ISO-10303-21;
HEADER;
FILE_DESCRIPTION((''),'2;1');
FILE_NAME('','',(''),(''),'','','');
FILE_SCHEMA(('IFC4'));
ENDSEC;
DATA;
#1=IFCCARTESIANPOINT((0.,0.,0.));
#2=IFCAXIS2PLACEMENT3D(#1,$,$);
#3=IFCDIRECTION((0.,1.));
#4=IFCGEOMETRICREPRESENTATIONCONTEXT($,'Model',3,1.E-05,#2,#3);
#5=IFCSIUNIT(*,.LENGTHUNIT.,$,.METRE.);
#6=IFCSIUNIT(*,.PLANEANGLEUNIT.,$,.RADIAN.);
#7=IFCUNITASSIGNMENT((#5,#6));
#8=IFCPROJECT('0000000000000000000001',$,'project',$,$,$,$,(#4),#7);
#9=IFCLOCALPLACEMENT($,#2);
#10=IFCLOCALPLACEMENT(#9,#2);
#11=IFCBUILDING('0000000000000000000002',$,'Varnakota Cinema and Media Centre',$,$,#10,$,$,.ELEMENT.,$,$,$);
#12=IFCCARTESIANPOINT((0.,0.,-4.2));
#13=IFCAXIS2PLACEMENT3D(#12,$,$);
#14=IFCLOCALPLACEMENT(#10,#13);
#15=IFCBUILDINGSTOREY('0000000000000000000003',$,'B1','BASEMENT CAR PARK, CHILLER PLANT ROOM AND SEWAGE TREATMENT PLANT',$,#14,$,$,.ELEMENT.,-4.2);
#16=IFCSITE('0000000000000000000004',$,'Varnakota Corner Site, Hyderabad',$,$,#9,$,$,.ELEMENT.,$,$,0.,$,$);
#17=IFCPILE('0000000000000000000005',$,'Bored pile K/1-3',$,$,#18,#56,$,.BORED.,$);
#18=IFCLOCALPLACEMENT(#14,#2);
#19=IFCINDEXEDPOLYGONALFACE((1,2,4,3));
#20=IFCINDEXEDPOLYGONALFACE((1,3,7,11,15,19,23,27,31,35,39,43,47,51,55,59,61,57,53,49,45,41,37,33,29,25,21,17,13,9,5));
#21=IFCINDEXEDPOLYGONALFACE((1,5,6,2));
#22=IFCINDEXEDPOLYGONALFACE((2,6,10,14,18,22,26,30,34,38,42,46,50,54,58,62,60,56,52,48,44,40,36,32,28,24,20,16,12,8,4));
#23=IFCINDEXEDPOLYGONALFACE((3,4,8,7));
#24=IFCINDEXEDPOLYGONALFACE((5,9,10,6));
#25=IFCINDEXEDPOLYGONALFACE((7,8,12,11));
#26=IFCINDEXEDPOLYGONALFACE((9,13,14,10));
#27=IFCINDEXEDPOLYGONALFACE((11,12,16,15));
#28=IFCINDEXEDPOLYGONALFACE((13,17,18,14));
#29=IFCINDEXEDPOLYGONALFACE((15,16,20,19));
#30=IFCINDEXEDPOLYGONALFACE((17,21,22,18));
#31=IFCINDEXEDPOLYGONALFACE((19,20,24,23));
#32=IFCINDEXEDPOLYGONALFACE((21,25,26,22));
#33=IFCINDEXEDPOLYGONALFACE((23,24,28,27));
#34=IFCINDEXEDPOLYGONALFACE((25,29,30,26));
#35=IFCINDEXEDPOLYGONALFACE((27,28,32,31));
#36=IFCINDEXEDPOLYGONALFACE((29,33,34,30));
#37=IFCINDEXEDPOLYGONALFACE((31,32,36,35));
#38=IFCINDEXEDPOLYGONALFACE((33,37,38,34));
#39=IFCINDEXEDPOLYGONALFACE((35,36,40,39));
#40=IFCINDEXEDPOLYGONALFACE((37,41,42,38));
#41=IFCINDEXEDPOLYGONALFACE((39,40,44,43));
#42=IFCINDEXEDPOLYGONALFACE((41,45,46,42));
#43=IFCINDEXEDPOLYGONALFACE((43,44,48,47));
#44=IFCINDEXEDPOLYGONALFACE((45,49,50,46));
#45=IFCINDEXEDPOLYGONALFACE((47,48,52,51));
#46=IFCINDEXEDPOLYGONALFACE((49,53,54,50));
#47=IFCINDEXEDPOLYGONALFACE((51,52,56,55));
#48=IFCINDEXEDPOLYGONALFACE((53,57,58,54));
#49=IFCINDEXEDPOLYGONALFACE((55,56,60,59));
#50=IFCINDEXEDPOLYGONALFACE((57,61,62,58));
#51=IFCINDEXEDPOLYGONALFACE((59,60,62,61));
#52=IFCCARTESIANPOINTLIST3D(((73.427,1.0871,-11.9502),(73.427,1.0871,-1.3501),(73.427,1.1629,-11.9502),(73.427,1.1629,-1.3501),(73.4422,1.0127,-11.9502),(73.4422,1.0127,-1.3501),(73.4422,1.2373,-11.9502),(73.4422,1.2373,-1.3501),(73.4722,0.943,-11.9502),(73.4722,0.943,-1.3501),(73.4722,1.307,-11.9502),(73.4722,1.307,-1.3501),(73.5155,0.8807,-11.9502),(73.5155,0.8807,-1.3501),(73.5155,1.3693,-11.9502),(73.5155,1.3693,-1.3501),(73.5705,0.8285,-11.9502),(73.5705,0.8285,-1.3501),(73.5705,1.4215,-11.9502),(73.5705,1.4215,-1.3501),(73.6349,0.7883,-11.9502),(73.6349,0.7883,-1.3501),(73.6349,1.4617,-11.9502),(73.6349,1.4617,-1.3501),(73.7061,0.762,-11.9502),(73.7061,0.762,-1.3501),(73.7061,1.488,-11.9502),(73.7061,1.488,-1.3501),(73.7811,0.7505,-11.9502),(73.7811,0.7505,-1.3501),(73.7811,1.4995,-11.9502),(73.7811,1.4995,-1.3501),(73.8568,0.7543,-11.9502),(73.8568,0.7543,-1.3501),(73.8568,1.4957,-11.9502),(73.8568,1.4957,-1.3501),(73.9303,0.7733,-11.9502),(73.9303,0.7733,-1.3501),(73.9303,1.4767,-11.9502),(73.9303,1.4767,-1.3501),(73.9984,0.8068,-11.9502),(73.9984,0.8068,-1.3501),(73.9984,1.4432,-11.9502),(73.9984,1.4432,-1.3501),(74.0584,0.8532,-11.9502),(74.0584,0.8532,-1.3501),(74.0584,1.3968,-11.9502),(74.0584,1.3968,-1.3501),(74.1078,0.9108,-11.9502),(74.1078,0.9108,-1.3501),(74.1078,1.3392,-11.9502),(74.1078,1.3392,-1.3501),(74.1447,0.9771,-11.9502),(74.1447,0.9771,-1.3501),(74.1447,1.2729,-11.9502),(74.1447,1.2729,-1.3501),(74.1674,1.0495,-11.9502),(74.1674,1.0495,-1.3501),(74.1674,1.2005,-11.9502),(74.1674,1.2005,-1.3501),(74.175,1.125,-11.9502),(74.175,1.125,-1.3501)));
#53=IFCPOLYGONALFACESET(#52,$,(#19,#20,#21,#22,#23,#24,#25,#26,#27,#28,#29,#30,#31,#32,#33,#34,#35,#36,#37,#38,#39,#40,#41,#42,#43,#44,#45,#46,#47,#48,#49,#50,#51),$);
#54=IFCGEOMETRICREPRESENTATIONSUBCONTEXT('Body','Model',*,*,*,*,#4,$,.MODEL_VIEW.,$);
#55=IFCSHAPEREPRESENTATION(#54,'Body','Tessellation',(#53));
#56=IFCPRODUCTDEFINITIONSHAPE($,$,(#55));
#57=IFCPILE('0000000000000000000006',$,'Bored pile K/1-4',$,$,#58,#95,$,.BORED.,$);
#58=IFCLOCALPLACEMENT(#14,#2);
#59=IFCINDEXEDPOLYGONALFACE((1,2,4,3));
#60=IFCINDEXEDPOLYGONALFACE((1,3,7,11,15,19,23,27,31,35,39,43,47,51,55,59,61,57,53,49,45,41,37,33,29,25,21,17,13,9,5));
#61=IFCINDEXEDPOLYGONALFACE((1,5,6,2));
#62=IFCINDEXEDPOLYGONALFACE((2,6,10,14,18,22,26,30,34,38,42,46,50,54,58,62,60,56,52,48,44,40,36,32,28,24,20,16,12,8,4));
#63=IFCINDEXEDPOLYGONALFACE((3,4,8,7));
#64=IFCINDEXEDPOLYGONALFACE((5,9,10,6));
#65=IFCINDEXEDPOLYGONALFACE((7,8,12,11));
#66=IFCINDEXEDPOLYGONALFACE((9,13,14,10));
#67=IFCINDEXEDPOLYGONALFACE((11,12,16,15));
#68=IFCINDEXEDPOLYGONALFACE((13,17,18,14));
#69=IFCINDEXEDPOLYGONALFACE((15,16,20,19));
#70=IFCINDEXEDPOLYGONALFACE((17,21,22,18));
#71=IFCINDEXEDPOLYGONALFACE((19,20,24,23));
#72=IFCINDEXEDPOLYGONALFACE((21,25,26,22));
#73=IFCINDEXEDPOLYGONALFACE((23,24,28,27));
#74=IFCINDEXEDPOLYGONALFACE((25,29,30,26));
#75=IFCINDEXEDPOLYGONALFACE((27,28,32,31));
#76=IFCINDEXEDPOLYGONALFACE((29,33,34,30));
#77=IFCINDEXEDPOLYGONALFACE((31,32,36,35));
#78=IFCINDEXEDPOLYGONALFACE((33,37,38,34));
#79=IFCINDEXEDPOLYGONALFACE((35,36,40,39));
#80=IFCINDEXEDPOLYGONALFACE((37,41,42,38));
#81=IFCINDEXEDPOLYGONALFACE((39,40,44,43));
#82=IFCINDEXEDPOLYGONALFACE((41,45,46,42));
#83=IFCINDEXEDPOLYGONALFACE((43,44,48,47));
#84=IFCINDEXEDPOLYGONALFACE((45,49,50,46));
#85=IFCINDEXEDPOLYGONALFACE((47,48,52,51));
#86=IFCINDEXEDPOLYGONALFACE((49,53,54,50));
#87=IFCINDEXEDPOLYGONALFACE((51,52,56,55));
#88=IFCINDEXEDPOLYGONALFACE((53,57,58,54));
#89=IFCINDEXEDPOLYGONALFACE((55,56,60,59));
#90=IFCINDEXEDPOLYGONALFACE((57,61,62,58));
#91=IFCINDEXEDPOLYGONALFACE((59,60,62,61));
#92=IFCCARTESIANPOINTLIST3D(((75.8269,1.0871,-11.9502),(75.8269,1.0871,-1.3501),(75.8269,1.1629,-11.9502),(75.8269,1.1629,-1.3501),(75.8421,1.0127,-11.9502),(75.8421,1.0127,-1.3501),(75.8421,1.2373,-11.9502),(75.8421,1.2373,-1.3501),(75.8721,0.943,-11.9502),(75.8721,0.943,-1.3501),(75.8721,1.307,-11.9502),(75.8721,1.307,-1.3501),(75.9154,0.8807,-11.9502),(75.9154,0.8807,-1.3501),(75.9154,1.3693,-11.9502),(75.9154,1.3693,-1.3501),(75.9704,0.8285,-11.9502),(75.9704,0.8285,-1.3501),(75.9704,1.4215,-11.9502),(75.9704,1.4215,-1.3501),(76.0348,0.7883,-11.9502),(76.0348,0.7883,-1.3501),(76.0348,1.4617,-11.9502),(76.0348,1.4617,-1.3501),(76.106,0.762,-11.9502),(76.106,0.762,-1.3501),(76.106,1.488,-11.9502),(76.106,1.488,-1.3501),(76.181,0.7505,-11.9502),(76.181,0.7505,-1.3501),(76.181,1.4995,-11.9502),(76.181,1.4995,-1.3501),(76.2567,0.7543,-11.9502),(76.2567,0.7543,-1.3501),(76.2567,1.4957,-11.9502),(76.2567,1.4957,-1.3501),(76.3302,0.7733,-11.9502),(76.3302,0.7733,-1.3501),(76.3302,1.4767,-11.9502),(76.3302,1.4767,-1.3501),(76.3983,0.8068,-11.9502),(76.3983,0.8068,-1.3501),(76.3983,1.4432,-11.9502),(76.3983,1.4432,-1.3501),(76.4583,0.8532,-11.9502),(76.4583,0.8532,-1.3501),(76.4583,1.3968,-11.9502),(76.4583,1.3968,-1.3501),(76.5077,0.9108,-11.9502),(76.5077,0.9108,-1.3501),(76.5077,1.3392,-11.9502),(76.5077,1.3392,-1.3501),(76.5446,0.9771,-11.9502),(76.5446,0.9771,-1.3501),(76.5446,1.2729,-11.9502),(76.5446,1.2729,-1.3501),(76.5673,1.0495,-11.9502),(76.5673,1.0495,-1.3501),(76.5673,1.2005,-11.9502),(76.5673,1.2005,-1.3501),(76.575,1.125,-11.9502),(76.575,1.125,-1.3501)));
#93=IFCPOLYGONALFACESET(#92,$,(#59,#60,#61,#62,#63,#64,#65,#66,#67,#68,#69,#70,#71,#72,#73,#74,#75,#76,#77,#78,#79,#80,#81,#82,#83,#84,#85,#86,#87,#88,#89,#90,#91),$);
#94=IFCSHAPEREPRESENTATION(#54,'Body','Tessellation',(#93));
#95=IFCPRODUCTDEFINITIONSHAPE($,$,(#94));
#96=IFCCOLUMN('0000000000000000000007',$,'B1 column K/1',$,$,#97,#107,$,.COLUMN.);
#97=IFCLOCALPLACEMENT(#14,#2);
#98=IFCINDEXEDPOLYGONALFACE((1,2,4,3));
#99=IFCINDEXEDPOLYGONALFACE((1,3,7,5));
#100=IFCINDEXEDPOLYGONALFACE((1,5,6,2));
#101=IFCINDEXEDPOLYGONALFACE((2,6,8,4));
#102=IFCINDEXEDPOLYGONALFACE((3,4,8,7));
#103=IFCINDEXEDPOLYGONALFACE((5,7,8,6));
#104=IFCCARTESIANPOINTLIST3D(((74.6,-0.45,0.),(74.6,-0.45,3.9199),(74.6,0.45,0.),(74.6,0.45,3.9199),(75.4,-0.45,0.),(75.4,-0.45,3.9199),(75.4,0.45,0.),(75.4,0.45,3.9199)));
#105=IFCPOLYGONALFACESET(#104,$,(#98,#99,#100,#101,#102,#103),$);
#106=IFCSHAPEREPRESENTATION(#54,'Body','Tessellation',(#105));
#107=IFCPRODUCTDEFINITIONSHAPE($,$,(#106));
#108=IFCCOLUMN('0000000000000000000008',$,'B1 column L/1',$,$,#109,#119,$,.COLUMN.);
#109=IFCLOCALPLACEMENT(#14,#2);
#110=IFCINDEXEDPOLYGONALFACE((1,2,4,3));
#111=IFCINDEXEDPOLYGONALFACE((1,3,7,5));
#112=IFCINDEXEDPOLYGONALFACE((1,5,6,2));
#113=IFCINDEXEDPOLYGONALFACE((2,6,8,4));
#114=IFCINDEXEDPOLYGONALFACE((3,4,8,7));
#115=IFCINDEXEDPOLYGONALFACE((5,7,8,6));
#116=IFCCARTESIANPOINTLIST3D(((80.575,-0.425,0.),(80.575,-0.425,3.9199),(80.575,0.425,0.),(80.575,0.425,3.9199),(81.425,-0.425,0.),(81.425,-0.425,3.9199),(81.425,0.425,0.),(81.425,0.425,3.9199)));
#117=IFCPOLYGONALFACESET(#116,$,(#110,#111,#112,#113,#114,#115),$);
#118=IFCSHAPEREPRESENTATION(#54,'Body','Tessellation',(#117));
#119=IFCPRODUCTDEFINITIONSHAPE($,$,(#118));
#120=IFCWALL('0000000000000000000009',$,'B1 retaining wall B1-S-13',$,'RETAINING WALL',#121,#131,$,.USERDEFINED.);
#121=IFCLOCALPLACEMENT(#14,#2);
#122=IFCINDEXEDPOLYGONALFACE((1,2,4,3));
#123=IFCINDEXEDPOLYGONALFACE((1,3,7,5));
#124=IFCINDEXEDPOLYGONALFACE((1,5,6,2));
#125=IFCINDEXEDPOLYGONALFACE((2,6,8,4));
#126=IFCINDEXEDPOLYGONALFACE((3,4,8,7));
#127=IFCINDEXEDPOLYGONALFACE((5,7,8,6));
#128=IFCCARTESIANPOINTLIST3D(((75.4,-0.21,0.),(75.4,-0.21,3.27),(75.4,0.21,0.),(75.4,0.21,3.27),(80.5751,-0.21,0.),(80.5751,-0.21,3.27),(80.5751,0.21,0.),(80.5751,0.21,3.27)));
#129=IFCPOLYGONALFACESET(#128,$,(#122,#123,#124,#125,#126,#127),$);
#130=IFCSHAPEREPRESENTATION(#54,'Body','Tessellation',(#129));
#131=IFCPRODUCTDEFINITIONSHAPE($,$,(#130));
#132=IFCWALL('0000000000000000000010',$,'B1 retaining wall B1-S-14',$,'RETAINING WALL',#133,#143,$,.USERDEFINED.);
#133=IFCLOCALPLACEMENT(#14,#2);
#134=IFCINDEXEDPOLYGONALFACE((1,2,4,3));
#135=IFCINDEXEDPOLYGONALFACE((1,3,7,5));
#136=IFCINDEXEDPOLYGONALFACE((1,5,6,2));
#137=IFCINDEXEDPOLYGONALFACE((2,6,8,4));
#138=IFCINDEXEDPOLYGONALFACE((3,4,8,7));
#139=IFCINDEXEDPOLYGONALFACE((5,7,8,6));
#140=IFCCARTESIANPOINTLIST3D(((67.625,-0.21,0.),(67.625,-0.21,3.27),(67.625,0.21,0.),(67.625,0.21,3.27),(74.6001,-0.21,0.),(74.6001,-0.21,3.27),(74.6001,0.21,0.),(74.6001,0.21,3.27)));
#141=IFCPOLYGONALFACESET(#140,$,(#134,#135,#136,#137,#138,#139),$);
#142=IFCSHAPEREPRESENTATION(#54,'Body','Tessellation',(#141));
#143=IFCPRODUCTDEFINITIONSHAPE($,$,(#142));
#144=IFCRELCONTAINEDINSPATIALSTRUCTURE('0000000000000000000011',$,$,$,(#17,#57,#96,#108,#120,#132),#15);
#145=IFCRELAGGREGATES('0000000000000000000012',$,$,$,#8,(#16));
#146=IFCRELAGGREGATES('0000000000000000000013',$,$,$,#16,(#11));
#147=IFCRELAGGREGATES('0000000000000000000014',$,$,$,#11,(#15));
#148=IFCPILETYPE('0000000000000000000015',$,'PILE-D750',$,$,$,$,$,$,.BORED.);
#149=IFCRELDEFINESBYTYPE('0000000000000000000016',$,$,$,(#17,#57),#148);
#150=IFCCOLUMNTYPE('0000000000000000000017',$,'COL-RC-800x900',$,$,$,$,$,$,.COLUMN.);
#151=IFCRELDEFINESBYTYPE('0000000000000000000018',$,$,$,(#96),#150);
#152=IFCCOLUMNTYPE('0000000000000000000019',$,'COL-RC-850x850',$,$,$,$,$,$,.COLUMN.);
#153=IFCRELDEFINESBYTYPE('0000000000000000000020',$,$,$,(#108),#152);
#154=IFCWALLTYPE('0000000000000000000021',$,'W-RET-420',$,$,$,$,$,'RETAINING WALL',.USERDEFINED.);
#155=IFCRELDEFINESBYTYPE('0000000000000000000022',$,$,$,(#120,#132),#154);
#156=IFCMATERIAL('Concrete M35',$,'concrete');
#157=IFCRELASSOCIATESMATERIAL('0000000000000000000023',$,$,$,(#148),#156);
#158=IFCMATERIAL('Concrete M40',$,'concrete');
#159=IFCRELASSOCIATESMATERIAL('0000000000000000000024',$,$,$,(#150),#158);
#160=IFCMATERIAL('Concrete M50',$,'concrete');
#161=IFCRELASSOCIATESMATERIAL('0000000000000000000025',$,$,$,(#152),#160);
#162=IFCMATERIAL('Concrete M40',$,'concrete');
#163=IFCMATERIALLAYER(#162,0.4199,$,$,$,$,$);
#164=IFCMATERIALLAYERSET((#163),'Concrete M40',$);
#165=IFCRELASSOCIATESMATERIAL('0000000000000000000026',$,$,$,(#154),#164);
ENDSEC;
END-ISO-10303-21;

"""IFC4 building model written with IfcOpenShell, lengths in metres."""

from ifc_helpers import new_model, si_unit, direction, frame, frame_2d, origin, origin_2d, place, context, subcontext, project, spatial, rectangle, circle, extrude, material, layer, layer_set, material_profile, profile_set, type_object, element, save


model = new_model("IFC4")

# Units and contexts
model_context = context("Model", 3, precision=1e-05, world=origin(), true_north=direction((0.0, 1.0)))
body_context = subcontext(model_context, "Body", "Model", "MODEL_VIEW")
ifc_project = project(units=[si_unit("LENGTHUNIT", "METRE"), si_unit("PLANEANGLEUNIT", "RADIAN")], contexts=[model_context])

# Site, building, storey
site_placement = place(None, origin())
site = spatial("IfcSite", under=ifc_project, at=site_placement, Name="Varnakota Corner Site, Hyderabad", CompositionType="ELEMENT", RefElevation=0.0)
building_placement = place(site_placement, origin())
building = spatial("IfcBuilding", under=site, at=building_placement, Name="Varnakota Cinema and Media Centre", CompositionType="ELEMENT")
storey_placement = place(building_placement, frame((0.0, 0.0, -4.2)))
storey = spatial("IfcBuildingStorey", under=building, at=storey_placement, Name="B1", Description="BASEMENT CAR PARK, CHILLER PLANT ROOM AND SEWAGE TREATMENT PLANT", CompositionType="ELEMENT", Elevation=-4.2)

# Piles
ifc_material_1 = material(Name="Concrete M35", Category="concrete")
ifc_material_profile_1 = material_profile(ifc_material_1, circle(Radius=0.375, at=origin_2d()), Name="PILE D750")
ifc_profile_set_1 = profile_set([ifc_material_profile_1], Name="Concrete M35")
pile_type_1 = type_object("IfcPileType", Name="PILE-D750", PredefinedType="BORED", material=ifc_profile_set_1)
for number, where, z_axis, x_axis, name in (
    (1, (73.8, 1.125, -1.3501), (0.0, 0.0, -1.0), (1.0, 0.0, 0.0), "Bored pile K/1-3"),
    (2, (76.2, 1.125, -1.3501), (0.0, 0.0, -1.0), (1.0, 0.0, 0.0), "Bored pile K/1-4"),
):
    element("IfcPile", number, at=place(storey_placement, frame(where, z_axis=z_axis, x_axis=x_axis)), inside=storey, type_object=pile_type_1, Name=name, PredefinedType="BORED", context=body_context, shape_type="SweptSolid", body=[
        extrude(circle(Radius=0.375, at=origin_2d()), origin(), (0.0, 0.0, 1.0), 10.6001),
    ])

# Columns
ifc_material_2 = material(Name="Concrete M40", Category="concrete")
ifc_material_profile_2 = material_profile(ifc_material_2, rectangle(XDim=0.8, YDim=0.8999, at=origin_2d()), Name="RC 800x900")
ifc_profile_set_2 = profile_set([ifc_material_profile_2], Name="Concrete M40")
column_type_1 = type_object("IfcColumnType", Name="COL-RC-800x900", PredefinedType="COLUMN", material=ifc_profile_set_2)
column_1_placement = place(storey_placement, frame((75.0, 0.0, 0.0), z_axis=(0.0, 0.0, 1.0), x_axis=(1.0, 0.0, 0.0)))
element("IfcColumn", 3, at=column_1_placement, inside=storey, type_object=column_type_1, Name="B1 column K/1", PredefinedType="COLUMN", context=body_context, shape_type="SweptSolid", body=[
    extrude(rectangle(XDim=0.8, YDim=0.8999, at=origin_2d()), origin(), (0.0, 0.0, 1.0), 3.9199),
])
ifc_material_3 = material(Name="Concrete M50", Category="concrete")
ifc_material_profile_3 = material_profile(ifc_material_3, rectangle(XDim=0.8501, YDim=0.8501, at=origin_2d()), Name="RC 850x850")
ifc_profile_set_3 = profile_set([ifc_material_profile_3], Name="Concrete M50")
column_type_2 = type_object("IfcColumnType", Name="COL-RC-850x850", PredefinedType="COLUMN", material=ifc_profile_set_3)
column_2_placement = place(storey_placement, frame((81.0, 0.0, 0.0), z_axis=(0.0, 0.0, 1.0), x_axis=(1.0, 0.0, 0.0)))
element("IfcColumn", 4, at=column_2_placement, inside=storey, type_object=column_type_2, Name="B1 column L/1", PredefinedType="COLUMN", context=body_context, shape_type="SweptSolid", body=[
    extrude(rectangle(XDim=0.8501, YDim=0.8501, at=origin_2d()), origin(), (0.0, 0.0, 1.0), 3.9199),
])

# Walls
ifc_material_4 = material(Name="Concrete M40", Category="concrete")
ifc_layer = layer(ifc_material_4, 0.4199)
ifc_layer_set = layer_set([ifc_layer], Name="Concrete M40")
wall_type = type_object("IfcWallType", Name="W-RET-420", ElementType="RETAINING WALL", PredefinedType="USERDEFINED", material=ifc_layer_set)
wall_1_placement = place(storey_placement, frame((80.575, 0.0, 0.0), z_axis=(0.0, 0.0, 1.0), x_axis=(-1.0, 0.0, 0.0)))
element("IfcWall", 5, at=wall_1_placement, inside=storey, type_object=wall_type, Name="B1 retaining wall B1-S-13", ObjectType="RETAINING WALL", PredefinedType="USERDEFINED", context=body_context, shape_type="SweptSolid", body=[
    extrude(rectangle(XDim=5.175, YDim=0.4199, at=frame_2d((2.5874, 0.0))), origin(), (0.0, 0.0, 1.0), 3.27),
])
wall_2_placement = place(storey_placement, frame((74.6001, 0.0, 0.0), z_axis=(0.0, 0.0, 1.0), x_axis=(-1.0, 0.0, 0.0)))
element("IfcWall", 6, at=wall_2_placement, inside=storey, type_object=wall_type, Name="B1 retaining wall B1-S-14", ObjectType="RETAINING WALL", PredefinedType="USERDEFINED", context=body_context, shape_type="SweptSolid", body=[
    extrude(rectangle(XDim=6.9751, YDim=0.4199, at=frame_2d((3.4875, 0.0))), origin(), (0.0, 0.0, 1.0), 3.27),
])

save(model, "model.ifc")
